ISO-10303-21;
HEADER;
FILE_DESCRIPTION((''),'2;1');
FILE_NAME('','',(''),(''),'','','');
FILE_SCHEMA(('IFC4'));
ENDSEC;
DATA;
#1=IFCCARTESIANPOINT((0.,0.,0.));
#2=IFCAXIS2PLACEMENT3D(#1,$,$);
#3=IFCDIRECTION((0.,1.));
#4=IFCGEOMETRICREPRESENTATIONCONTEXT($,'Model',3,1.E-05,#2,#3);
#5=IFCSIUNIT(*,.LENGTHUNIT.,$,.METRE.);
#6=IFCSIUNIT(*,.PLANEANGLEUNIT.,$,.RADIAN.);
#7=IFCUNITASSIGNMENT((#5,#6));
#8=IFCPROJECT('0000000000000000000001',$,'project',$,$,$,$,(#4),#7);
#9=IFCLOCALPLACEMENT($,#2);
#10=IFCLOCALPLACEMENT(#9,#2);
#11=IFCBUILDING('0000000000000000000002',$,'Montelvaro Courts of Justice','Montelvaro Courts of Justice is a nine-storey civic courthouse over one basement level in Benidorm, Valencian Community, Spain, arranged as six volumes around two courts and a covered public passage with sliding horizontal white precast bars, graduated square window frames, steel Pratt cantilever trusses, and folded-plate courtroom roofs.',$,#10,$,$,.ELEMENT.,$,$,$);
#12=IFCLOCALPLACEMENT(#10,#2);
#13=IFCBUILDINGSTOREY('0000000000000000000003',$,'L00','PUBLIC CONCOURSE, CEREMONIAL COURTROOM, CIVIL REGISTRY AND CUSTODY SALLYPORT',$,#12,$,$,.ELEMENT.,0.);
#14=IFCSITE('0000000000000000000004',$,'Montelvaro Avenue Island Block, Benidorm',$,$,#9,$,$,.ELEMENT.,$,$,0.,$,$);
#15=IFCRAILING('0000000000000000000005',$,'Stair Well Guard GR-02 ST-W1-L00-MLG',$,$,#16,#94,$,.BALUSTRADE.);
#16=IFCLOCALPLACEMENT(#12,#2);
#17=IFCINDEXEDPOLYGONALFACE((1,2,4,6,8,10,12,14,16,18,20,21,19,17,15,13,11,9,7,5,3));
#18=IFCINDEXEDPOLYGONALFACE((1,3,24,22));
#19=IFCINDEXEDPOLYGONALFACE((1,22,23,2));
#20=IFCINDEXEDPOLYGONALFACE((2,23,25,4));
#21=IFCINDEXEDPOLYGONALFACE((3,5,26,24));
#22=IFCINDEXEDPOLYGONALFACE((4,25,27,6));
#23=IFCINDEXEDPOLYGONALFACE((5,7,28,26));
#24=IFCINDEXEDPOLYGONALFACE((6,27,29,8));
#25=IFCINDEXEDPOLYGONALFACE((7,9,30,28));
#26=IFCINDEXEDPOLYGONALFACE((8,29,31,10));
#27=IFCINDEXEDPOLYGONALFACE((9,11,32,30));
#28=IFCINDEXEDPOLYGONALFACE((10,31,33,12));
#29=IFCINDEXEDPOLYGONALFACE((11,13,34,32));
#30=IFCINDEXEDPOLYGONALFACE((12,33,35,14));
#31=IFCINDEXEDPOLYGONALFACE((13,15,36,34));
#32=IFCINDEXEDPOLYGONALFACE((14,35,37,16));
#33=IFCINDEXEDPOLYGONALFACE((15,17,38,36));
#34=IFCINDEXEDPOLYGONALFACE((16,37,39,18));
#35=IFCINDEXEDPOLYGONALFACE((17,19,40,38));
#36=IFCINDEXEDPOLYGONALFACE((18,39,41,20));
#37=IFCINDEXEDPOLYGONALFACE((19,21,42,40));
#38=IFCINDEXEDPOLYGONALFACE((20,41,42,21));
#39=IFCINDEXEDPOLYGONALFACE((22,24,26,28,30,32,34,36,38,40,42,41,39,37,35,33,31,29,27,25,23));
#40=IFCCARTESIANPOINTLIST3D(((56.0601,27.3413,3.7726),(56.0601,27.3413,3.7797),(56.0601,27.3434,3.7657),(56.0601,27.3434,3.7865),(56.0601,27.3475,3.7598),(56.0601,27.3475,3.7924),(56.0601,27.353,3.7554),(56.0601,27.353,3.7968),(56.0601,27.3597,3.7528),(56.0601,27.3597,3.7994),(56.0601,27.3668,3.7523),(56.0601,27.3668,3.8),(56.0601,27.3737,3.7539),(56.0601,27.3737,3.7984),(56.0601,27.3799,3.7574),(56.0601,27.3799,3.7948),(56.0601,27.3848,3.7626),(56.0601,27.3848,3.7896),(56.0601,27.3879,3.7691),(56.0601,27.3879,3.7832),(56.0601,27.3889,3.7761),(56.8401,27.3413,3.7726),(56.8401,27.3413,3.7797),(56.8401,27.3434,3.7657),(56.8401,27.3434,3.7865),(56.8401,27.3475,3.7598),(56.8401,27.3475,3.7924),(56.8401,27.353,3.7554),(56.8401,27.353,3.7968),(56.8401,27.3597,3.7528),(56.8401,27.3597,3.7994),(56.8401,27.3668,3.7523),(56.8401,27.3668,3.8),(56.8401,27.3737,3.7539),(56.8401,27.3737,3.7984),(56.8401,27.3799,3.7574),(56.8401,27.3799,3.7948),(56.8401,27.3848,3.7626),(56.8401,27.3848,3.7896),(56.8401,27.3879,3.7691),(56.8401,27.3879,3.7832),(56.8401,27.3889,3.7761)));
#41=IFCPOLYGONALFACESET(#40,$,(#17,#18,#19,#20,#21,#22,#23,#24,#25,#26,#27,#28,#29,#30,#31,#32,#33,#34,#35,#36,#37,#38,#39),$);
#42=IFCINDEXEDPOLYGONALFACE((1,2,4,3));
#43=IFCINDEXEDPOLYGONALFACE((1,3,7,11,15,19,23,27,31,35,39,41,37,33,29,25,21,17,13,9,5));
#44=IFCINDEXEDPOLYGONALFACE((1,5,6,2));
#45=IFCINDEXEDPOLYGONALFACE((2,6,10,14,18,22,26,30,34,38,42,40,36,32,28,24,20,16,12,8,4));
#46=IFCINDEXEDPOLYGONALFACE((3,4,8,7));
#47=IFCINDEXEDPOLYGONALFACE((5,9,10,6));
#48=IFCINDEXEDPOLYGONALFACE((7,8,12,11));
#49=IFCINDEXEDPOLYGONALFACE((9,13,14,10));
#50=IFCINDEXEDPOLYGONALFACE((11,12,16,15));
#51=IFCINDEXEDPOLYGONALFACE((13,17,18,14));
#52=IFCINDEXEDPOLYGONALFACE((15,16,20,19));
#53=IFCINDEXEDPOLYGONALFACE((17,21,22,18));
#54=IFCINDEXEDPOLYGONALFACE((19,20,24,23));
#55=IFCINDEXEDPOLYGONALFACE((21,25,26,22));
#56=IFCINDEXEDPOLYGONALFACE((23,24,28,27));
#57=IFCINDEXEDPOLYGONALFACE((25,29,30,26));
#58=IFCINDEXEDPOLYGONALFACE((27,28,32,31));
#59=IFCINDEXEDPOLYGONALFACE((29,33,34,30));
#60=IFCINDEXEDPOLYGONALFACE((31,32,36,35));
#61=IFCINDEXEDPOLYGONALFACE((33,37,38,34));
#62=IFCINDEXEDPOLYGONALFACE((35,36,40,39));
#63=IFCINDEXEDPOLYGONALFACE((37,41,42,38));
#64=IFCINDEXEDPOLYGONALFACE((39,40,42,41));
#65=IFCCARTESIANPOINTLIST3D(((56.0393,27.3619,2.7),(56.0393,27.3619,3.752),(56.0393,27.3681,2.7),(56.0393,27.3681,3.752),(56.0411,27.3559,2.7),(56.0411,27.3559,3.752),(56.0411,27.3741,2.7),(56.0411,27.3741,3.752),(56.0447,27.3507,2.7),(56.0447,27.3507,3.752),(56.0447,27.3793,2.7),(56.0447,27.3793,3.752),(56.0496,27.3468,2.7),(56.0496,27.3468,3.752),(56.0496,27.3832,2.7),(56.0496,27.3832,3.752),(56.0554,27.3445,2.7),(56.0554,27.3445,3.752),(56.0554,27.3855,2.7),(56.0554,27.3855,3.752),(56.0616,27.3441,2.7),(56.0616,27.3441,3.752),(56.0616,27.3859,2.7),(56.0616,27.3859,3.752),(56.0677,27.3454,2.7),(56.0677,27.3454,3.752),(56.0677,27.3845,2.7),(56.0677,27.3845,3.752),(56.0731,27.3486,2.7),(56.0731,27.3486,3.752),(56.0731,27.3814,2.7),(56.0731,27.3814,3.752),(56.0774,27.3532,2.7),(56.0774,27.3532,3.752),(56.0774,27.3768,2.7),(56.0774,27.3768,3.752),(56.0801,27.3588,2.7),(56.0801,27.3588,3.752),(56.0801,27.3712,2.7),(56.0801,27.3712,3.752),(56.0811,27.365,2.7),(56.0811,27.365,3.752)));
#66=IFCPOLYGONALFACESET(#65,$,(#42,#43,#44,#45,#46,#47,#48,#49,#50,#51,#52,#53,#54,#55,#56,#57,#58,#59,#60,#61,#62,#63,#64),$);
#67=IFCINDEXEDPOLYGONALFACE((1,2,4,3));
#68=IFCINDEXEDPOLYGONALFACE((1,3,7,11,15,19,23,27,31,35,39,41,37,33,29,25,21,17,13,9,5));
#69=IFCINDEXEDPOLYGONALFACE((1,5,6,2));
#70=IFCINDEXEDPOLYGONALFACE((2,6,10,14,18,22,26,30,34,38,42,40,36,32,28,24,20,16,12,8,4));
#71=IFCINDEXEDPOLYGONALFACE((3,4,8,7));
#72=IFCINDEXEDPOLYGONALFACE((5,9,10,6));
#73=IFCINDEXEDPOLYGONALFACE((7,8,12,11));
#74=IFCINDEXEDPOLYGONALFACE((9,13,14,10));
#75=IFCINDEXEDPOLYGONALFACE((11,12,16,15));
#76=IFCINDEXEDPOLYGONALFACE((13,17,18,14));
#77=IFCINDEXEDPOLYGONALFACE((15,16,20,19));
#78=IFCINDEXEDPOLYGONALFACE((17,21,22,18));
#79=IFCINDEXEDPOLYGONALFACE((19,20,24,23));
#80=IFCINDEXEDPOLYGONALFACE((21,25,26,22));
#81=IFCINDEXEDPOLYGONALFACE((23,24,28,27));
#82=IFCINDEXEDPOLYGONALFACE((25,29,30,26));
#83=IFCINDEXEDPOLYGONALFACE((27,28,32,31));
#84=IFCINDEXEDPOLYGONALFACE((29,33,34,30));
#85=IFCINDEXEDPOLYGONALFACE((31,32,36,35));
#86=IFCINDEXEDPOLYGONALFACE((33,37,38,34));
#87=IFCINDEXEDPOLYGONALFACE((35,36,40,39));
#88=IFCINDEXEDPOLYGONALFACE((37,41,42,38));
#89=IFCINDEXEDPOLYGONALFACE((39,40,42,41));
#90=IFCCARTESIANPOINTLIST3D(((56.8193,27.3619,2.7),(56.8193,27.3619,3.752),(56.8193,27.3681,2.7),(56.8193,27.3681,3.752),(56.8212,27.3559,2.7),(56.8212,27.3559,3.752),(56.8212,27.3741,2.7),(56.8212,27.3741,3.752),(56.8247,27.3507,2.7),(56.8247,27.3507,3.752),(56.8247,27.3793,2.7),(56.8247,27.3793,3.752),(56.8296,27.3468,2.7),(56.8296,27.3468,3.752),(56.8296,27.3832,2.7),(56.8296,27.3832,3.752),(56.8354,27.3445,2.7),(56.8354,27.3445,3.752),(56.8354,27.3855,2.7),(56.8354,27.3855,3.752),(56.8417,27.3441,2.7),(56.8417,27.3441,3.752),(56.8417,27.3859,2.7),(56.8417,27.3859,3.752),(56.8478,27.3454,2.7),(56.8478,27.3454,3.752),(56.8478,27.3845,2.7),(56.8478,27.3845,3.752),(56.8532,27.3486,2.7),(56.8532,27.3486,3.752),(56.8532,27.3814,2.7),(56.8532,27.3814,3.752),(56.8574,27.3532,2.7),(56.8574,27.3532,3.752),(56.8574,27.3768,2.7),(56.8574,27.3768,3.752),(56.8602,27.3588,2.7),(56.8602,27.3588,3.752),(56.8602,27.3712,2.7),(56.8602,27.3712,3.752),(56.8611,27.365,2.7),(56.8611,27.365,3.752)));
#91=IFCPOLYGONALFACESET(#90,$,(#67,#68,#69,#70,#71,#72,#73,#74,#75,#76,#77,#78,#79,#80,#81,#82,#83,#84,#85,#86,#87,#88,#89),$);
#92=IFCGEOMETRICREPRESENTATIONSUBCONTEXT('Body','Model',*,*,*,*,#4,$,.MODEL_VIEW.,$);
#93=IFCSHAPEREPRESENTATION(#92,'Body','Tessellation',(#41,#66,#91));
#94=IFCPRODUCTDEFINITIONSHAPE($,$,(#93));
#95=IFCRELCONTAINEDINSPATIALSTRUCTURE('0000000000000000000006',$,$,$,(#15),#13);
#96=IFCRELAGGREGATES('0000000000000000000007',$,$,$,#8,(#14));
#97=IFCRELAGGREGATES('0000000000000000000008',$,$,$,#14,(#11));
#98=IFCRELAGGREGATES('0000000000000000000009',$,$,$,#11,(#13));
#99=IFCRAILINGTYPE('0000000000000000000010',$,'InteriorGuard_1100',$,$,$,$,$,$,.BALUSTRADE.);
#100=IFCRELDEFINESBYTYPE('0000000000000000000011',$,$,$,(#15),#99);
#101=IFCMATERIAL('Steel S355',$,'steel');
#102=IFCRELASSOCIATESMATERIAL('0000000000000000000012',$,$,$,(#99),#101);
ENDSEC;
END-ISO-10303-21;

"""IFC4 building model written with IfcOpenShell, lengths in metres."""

from ifc_helpers import new_model, si_unit, direction, frame, origin, origin_2d, place, context, subcontext, project, spatial, circle, extrude, material, type_object, element, save


model = new_model("IFC4")

# Units and contexts
model_context = context("Model", 3, precision=1e-05, world=origin(), true_north=direction((0.0, 1.0)))
body_context = subcontext(model_context, "Body", "Model", "MODEL_VIEW")
ifc_project = project(units=[si_unit("LENGTHUNIT", "METRE"), si_unit("PLANEANGLEUNIT", "RADIAN")], contexts=[model_context])

# Site, building, storey
site_placement = place(None, origin())
site = spatial("IfcSite", under=ifc_project, at=site_placement, Name="Montelvaro Avenue Island Block, Benidorm", CompositionType="ELEMENT", RefElevation=0.0)
building_placement = place(site_placement, origin())
building = spatial("IfcBuilding", under=site, at=building_placement, Name="Montelvaro Courts of Justice", Description="Montelvaro Courts of Justice is a nine-storey civic courthouse over one basement level in Benidorm, Valencian Community, Spain, arranged as six volumes around two courts and a covered public passage with sliding horizontal white precast bars, graduated square window frames, steel Pratt cantilever trusses, and folded-plate courtroom roofs.", CompositionType="ELEMENT")
storey_placement = place(building_placement, origin())
storey = spatial("IfcBuildingStorey", under=building, at=storey_placement, Name="L00", Description="PUBLIC CONCOURSE, CEREMONIAL COURTROOM, CIVIL REGISTRY AND CUSTODY SALLYPORT", CompositionType="ELEMENT", Elevation=0.0)

# Shared definitions
ifc_material_1 = material(Name="Steel S355", Category="steel")

# Railing
railing_type_1 = type_object("IfcRailingType", Name="InteriorGuard_1100", PredefinedType="BALUSTRADE", material=ifc_material_1)
railing_1_placement = place(storey_placement, frame((56.0601, 27.365, 2.7)))
element("IfcRailing", 1, at=railing_1_placement, inside=storey, type_object=railing_type_1, Name="Stair Well Guard GR-02 ST-W1-L00-MLG", PredefinedType="BALUSTRADE", context=body_context, shape_type="SweptSolid", body=[
    extrude(circle(Radius=0.0239, at=origin_2d()), frame((0.0, 0.0, 1.0762), z_axis=(1.0, 0.0, 0.0), x_axis=(0.0, 1.0, 0.0)), (0.0, 0.0, 1.0), 0.78),
    extrude(circle(Radius=0.021, at=origin_2d()), origin(), (0.0, 0.0, 1.0), 1.052),
    extrude(circle(Radius=0.021, at=origin_2d()), frame((0.78, 0.0, 0.0)), (0.0, 0.0, 1.0), 1.052),
])

save(model, "model.ifc")
